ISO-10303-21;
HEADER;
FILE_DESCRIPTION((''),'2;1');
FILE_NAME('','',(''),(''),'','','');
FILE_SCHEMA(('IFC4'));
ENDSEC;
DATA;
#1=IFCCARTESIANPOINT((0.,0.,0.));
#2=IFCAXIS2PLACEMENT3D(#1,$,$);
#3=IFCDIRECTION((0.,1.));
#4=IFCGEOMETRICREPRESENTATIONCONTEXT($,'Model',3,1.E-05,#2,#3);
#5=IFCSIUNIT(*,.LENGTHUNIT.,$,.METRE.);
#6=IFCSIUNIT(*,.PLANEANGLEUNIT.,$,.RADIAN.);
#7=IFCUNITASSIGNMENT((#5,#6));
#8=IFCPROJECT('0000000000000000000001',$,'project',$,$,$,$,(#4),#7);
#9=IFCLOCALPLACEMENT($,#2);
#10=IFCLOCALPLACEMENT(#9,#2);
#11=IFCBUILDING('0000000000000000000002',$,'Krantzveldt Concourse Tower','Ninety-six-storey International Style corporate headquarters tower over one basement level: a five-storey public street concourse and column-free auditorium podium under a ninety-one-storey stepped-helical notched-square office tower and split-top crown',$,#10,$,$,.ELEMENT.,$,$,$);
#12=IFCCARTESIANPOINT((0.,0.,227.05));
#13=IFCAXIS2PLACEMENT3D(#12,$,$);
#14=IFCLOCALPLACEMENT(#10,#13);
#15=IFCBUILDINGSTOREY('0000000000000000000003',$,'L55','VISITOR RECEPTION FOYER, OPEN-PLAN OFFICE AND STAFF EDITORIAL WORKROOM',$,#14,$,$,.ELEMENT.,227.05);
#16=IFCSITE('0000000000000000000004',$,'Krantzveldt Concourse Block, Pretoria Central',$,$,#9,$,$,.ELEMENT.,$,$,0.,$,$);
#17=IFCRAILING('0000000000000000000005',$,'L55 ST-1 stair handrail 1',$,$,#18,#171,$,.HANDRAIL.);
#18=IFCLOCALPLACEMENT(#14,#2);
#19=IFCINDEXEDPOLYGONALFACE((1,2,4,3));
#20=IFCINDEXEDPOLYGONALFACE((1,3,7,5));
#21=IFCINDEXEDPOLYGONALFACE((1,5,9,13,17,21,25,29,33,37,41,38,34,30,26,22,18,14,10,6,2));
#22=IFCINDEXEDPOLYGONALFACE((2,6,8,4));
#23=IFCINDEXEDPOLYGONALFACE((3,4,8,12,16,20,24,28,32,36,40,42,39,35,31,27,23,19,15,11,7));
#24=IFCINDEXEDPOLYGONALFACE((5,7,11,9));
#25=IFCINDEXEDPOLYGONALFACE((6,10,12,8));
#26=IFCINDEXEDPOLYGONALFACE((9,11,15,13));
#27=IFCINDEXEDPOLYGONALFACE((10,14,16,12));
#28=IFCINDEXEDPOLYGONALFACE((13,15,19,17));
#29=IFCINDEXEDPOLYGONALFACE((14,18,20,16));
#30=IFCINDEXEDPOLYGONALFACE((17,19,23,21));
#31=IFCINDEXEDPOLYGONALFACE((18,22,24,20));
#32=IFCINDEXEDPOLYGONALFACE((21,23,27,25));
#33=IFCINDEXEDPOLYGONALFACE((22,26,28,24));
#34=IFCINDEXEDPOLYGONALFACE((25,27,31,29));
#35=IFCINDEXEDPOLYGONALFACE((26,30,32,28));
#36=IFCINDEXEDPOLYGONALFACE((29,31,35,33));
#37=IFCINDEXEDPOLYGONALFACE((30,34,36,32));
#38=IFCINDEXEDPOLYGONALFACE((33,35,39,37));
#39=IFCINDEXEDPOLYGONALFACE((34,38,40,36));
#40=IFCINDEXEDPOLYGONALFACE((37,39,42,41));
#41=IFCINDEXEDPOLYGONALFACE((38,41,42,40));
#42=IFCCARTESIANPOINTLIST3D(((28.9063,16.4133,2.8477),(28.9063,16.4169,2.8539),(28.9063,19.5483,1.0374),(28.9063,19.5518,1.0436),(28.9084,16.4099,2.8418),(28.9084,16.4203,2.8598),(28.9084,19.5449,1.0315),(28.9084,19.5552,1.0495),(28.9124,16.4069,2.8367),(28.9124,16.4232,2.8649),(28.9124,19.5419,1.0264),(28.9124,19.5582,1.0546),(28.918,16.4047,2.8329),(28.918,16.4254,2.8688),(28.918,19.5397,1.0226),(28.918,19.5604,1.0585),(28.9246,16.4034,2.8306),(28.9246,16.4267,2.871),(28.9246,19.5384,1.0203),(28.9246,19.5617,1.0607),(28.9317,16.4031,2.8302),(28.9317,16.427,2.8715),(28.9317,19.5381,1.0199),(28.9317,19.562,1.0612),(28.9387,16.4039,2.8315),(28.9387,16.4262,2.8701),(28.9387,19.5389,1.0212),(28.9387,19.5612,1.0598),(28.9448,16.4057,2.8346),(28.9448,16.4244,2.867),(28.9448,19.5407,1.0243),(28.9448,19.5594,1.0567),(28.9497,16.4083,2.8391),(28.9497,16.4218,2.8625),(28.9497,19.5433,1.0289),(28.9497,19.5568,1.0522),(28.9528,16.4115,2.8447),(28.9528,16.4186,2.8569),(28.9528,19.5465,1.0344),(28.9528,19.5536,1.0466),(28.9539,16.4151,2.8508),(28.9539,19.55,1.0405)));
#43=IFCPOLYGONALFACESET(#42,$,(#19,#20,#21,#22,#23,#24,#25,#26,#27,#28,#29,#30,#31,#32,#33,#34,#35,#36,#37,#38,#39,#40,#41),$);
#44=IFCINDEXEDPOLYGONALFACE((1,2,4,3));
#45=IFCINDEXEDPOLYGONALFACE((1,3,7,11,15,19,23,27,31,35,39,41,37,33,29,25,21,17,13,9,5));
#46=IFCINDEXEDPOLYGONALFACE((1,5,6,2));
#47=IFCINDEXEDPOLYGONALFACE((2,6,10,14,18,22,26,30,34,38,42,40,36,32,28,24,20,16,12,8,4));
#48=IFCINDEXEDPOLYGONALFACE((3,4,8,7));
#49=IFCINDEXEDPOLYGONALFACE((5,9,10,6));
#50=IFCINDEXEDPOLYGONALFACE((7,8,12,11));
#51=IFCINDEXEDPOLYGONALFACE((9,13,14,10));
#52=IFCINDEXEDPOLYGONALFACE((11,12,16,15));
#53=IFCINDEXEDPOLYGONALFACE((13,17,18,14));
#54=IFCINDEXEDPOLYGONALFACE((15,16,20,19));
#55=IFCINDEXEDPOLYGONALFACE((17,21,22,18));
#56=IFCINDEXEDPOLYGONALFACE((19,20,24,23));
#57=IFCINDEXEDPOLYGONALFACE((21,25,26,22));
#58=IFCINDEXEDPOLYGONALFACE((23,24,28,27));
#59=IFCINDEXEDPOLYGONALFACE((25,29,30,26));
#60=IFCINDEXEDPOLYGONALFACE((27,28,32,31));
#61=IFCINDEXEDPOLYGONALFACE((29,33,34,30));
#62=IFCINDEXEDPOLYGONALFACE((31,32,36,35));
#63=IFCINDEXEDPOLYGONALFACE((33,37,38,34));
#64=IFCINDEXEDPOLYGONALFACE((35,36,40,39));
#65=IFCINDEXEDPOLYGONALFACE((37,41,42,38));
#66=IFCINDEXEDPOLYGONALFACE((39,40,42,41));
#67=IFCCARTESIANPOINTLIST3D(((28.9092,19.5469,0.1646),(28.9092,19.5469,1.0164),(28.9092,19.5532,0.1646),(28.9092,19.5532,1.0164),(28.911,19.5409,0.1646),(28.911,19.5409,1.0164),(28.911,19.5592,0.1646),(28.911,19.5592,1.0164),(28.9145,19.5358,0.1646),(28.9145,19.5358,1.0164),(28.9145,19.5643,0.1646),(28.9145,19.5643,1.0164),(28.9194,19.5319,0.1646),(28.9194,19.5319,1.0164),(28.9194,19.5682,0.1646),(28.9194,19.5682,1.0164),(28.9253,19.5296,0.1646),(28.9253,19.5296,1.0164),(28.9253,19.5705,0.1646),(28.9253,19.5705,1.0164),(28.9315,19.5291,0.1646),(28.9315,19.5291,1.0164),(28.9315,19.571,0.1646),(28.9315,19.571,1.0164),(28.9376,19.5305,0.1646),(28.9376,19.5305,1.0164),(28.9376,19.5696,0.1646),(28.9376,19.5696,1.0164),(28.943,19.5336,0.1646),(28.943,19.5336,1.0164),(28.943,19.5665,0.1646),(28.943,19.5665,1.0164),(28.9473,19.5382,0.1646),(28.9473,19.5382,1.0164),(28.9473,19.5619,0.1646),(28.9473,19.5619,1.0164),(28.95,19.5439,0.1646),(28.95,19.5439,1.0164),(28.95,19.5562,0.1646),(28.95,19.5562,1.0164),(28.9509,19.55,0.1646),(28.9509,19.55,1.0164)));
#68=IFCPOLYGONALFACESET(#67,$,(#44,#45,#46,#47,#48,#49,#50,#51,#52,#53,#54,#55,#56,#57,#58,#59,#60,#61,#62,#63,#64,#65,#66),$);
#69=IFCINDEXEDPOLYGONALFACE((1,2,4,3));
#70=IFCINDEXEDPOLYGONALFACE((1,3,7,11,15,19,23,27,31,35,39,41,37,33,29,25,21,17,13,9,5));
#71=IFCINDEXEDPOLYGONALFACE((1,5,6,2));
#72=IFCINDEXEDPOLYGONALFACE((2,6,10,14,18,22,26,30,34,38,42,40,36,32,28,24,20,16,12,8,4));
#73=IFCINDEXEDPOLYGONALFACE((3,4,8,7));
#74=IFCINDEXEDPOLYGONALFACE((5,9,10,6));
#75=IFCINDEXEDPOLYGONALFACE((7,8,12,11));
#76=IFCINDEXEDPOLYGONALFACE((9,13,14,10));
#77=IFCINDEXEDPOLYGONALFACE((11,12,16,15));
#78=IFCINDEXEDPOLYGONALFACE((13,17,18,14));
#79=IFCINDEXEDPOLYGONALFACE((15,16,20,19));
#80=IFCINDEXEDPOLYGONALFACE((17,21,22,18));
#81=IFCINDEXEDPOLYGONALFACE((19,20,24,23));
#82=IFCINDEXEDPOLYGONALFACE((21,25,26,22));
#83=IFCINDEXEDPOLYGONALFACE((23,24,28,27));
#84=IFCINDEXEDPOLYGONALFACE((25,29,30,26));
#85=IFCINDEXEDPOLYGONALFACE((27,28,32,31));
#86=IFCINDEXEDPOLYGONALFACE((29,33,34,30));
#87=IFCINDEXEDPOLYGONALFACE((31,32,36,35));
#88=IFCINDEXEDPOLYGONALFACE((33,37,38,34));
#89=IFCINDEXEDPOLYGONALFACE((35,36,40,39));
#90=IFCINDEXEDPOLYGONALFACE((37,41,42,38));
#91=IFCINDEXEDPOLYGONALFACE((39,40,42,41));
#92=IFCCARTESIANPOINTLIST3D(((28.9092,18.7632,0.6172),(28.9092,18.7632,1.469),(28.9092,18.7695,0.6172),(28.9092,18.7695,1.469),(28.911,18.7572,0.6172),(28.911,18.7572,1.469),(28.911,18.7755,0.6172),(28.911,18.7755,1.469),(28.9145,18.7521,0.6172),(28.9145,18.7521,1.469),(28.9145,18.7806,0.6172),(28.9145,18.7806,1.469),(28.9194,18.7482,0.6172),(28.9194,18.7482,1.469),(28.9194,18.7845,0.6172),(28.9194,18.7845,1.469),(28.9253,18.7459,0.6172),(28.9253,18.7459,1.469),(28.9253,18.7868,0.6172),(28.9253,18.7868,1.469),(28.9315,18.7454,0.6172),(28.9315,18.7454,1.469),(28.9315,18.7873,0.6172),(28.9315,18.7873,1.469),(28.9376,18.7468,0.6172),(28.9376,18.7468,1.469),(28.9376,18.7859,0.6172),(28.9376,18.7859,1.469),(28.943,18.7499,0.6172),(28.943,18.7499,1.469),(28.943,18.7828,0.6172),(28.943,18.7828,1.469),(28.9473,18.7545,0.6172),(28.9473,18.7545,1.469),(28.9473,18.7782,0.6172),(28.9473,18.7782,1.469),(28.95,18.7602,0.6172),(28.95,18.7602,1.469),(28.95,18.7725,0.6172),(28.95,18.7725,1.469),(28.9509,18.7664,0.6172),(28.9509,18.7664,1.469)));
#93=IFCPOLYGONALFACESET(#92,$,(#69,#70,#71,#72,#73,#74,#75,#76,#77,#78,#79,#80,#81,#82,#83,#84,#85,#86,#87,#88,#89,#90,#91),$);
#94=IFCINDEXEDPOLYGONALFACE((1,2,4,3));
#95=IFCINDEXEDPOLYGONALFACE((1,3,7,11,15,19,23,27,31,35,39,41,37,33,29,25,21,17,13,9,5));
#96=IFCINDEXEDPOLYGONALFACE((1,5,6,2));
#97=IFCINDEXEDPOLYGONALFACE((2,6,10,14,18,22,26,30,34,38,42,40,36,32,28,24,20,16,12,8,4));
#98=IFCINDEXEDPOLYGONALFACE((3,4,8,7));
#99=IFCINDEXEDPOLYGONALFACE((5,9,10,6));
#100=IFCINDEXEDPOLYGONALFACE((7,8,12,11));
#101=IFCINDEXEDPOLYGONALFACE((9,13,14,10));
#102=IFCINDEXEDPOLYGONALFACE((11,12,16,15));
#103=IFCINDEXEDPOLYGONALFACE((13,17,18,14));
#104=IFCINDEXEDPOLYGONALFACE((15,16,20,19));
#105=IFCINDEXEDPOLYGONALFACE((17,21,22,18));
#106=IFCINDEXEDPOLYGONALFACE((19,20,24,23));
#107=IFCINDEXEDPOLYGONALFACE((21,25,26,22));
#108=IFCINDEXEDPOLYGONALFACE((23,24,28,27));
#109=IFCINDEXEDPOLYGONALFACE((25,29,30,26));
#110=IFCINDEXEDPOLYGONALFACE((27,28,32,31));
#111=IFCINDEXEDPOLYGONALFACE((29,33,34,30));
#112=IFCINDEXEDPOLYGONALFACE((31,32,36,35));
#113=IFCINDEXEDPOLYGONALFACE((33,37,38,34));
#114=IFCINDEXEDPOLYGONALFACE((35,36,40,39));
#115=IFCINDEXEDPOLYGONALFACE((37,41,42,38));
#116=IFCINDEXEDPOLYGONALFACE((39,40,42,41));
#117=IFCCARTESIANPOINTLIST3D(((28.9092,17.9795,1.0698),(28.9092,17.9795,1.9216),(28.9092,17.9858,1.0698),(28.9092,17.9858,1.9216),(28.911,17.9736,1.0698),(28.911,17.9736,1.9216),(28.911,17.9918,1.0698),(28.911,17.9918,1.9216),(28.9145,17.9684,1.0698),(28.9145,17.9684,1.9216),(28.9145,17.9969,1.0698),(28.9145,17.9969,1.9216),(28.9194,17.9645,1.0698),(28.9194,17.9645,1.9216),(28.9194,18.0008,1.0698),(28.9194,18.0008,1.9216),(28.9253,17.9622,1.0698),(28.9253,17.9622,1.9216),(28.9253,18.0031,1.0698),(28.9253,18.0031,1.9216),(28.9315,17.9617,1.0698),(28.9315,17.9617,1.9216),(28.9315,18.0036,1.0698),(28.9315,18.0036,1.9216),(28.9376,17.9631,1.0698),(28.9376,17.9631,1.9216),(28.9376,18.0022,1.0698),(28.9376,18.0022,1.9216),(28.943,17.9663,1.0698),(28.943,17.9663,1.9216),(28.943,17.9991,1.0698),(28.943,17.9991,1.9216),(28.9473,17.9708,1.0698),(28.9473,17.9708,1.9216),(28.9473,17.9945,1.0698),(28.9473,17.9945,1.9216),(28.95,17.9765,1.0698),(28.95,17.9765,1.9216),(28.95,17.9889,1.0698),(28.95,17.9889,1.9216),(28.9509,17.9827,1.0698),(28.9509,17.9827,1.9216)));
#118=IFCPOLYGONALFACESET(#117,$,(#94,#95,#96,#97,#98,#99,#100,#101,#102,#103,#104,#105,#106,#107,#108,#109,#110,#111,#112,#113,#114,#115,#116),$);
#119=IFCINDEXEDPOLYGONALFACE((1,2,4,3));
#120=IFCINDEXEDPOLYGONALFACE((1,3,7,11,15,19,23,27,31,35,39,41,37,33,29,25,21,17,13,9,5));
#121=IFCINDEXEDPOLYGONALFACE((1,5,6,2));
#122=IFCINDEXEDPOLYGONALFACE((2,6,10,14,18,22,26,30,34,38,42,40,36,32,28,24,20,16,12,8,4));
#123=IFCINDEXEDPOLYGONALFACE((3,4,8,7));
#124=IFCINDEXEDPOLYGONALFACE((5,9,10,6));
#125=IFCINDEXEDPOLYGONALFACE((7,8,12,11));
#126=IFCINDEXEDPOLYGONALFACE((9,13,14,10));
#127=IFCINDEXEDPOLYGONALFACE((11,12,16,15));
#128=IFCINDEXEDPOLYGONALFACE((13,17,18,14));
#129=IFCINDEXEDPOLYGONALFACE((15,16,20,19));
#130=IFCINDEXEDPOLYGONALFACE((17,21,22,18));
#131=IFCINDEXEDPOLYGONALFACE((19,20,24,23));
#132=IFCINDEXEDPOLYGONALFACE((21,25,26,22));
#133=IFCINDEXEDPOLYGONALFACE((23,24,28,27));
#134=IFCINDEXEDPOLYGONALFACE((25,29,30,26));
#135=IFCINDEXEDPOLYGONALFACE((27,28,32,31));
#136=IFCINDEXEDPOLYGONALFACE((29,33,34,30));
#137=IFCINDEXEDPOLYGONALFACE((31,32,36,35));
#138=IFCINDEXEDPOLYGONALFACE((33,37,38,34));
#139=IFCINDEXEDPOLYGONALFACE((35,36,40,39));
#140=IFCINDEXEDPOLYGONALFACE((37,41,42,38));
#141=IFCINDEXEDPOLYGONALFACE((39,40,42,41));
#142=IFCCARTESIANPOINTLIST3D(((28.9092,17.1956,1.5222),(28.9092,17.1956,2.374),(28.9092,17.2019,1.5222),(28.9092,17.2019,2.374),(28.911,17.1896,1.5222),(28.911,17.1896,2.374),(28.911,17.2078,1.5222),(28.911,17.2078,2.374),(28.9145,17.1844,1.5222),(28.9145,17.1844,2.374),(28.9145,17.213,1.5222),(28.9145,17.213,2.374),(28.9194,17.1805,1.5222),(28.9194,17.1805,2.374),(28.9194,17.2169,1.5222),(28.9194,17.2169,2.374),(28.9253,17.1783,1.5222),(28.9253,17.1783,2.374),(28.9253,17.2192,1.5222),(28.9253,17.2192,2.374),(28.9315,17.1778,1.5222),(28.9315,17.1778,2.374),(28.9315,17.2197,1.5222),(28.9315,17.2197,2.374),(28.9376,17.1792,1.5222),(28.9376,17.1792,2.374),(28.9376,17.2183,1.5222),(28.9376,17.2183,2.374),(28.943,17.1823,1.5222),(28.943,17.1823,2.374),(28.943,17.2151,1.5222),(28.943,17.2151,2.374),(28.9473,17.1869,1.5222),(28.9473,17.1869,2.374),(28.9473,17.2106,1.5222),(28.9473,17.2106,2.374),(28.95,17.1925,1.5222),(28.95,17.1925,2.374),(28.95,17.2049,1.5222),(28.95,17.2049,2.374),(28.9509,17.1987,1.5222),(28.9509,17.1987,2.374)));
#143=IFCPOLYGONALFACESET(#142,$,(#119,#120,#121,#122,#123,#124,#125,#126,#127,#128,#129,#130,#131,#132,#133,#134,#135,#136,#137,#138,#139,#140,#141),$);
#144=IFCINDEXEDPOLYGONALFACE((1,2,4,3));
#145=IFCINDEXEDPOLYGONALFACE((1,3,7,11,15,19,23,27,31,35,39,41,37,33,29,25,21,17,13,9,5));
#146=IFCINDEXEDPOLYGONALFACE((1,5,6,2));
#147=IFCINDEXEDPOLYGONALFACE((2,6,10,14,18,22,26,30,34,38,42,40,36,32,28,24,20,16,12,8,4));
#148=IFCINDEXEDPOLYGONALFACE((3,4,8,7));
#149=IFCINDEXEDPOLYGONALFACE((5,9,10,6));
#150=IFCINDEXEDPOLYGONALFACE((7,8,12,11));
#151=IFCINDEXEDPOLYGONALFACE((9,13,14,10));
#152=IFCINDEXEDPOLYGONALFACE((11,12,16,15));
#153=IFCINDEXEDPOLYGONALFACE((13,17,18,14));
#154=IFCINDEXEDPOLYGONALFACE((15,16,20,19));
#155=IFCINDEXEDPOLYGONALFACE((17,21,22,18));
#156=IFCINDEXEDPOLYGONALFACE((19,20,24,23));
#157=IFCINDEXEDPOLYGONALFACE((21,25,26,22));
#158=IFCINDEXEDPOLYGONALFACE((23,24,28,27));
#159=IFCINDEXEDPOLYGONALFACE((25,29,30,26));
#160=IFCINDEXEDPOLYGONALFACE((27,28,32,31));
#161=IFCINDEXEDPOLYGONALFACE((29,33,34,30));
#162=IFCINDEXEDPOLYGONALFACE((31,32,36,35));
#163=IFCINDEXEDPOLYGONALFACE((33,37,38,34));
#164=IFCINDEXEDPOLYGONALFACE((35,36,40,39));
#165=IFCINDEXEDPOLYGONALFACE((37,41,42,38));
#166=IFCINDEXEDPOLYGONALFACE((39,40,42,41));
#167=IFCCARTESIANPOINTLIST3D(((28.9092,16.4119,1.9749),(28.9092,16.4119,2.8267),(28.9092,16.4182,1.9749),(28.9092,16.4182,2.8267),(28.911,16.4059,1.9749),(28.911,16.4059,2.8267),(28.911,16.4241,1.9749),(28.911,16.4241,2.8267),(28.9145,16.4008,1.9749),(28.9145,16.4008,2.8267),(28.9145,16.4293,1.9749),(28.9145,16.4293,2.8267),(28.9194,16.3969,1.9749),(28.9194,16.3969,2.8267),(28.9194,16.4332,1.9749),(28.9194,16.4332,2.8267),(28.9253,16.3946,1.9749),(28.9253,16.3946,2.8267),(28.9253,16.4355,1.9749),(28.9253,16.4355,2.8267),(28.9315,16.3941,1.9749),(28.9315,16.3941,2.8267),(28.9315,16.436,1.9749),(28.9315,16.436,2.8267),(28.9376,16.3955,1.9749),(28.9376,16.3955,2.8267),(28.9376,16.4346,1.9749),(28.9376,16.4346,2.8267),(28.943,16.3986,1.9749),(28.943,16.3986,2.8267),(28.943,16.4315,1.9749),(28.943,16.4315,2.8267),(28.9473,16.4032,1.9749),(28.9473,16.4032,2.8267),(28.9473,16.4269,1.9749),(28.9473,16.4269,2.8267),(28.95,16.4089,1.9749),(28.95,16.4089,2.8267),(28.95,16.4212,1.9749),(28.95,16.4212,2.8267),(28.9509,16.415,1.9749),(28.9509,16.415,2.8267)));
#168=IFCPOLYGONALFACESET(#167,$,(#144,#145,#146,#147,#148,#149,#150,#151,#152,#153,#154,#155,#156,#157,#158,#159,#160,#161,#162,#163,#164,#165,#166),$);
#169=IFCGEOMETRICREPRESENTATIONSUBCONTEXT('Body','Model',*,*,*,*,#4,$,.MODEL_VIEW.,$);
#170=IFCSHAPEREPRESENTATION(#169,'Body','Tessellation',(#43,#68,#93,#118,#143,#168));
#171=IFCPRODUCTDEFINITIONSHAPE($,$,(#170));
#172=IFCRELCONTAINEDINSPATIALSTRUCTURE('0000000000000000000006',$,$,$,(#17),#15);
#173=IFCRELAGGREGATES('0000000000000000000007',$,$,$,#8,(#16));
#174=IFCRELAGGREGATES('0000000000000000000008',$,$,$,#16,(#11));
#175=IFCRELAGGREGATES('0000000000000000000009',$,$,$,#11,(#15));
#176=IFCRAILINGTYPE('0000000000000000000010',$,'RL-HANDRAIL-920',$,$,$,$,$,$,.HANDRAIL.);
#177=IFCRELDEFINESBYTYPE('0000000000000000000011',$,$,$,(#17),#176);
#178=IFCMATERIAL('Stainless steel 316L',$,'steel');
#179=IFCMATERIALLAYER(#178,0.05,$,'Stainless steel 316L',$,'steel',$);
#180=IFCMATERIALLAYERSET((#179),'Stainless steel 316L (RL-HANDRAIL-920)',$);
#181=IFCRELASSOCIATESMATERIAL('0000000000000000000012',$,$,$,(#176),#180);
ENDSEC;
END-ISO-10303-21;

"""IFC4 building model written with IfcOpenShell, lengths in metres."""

from ifc_helpers import new_model, si_unit, direction, frame, origin, origin_2d, place, context, subcontext, project, spatial, circle, extrude, material, layer, layer_set, type_object, element, save


model = new_model("IFC4")

# Units and contexts
model_context = context("Model", 3, precision=1e-05, world=origin(), true_north=direction((0.0, 1.0)))
body_context = subcontext(model_context, "Body", "Model", "MODEL_VIEW")
ifc_project = project(units=[si_unit("LENGTHUNIT", "METRE"), si_unit("PLANEANGLEUNIT", "RADIAN")], contexts=[model_context])

# Site, building, storey
site_placement = place(None, origin())
site = spatial("IfcSite", under=ifc_project, at=site_placement, Name="Krantzveldt Concourse Block, Pretoria Central", CompositionType="ELEMENT", RefElevation=0.0)
building_placement = place(site_placement, origin())
building = spatial("IfcBuilding", under=site, at=building_placement, Name="Krantzveldt Concourse Tower", Description="Ninety-six-storey International Style corporate headquarters tower over one basement level: a five-storey public street concourse and column-free auditorium podium under a ninety-one-storey stepped-helical notched-square office tower and split-top crown", CompositionType="ELEMENT")
storey_placement = place(building_placement, frame((0.0, 0.0, 227.05)))
storey = spatial("IfcBuildingStorey", under=building, at=storey_placement, Name="L55", Description="VISITOR RECEPTION FOYER, OPEN-PLAN OFFICE AND STAFF EDITORIAL WORKROOM", CompositionType="ELEMENT", Elevation=227.05)

# Railing
ifc_material_1 = material(Name="Stainless steel 316L", Category="steel")
ifc_layer_1 = layer(ifc_material_1, 0.05, Name="Stainless steel 316L", Category="steel")
ifc_layer_set_1 = layer_set([ifc_layer_1], Name="Stainless steel 316L (RL-HANDRAIL-920)")
railing_type_1 = type_object("IfcRailingType", Name="RL-HANDRAIL-920", PredefinedType="HANDRAIL", material=ifc_layer_set_1)
railing_1_placement = place(storey_placement, frame((28.9299, 19.55, 0.1646)))
element("IfcRailing", 1, at=railing_1_placement, inside=storey, type_object=railing_type_1, Name="L55 ST-1 stair handrail 1", PredefinedType="HANDRAIL", context=body_context, shape_type="SweptSolid", body=[
    extrude(circle(Radius=0.0239, at=origin_2d()), frame((0.0, 0.0, 0.876), z_axis=(0.0, -0.865989, 0.500063), x_axis=(1.0, 0.0, 0.0)), (0.0, 0.0, 1.0), 3.6201),
    extrude(circle(Radius=0.021, at=origin_2d()), origin(), (0.0, 0.0, 1.0), 0.8518),
    extrude(circle(Radius=0.021, at=origin_2d()), frame((0.0, -0.7837, 0.4526)), (0.0, 0.0, 1.0), 0.8518),
    extrude(circle(Radius=0.021, at=origin_2d()), frame((0.0, -1.5674, 0.9053)), (0.0, 0.0, 1.0), 0.8518),
    extrude(circle(Radius=0.021, at=origin_2d()), frame((0.0, -2.3513, 1.3577)), (0.0, 0.0, 1.0), 0.8518),
    extrude(circle(Radius=0.021, at=origin_2d()), frame((0.0, -3.135, 1.8103)), (0.0, 0.0, 1.0), 0.8518),
])

save(model, "model.ifc")
